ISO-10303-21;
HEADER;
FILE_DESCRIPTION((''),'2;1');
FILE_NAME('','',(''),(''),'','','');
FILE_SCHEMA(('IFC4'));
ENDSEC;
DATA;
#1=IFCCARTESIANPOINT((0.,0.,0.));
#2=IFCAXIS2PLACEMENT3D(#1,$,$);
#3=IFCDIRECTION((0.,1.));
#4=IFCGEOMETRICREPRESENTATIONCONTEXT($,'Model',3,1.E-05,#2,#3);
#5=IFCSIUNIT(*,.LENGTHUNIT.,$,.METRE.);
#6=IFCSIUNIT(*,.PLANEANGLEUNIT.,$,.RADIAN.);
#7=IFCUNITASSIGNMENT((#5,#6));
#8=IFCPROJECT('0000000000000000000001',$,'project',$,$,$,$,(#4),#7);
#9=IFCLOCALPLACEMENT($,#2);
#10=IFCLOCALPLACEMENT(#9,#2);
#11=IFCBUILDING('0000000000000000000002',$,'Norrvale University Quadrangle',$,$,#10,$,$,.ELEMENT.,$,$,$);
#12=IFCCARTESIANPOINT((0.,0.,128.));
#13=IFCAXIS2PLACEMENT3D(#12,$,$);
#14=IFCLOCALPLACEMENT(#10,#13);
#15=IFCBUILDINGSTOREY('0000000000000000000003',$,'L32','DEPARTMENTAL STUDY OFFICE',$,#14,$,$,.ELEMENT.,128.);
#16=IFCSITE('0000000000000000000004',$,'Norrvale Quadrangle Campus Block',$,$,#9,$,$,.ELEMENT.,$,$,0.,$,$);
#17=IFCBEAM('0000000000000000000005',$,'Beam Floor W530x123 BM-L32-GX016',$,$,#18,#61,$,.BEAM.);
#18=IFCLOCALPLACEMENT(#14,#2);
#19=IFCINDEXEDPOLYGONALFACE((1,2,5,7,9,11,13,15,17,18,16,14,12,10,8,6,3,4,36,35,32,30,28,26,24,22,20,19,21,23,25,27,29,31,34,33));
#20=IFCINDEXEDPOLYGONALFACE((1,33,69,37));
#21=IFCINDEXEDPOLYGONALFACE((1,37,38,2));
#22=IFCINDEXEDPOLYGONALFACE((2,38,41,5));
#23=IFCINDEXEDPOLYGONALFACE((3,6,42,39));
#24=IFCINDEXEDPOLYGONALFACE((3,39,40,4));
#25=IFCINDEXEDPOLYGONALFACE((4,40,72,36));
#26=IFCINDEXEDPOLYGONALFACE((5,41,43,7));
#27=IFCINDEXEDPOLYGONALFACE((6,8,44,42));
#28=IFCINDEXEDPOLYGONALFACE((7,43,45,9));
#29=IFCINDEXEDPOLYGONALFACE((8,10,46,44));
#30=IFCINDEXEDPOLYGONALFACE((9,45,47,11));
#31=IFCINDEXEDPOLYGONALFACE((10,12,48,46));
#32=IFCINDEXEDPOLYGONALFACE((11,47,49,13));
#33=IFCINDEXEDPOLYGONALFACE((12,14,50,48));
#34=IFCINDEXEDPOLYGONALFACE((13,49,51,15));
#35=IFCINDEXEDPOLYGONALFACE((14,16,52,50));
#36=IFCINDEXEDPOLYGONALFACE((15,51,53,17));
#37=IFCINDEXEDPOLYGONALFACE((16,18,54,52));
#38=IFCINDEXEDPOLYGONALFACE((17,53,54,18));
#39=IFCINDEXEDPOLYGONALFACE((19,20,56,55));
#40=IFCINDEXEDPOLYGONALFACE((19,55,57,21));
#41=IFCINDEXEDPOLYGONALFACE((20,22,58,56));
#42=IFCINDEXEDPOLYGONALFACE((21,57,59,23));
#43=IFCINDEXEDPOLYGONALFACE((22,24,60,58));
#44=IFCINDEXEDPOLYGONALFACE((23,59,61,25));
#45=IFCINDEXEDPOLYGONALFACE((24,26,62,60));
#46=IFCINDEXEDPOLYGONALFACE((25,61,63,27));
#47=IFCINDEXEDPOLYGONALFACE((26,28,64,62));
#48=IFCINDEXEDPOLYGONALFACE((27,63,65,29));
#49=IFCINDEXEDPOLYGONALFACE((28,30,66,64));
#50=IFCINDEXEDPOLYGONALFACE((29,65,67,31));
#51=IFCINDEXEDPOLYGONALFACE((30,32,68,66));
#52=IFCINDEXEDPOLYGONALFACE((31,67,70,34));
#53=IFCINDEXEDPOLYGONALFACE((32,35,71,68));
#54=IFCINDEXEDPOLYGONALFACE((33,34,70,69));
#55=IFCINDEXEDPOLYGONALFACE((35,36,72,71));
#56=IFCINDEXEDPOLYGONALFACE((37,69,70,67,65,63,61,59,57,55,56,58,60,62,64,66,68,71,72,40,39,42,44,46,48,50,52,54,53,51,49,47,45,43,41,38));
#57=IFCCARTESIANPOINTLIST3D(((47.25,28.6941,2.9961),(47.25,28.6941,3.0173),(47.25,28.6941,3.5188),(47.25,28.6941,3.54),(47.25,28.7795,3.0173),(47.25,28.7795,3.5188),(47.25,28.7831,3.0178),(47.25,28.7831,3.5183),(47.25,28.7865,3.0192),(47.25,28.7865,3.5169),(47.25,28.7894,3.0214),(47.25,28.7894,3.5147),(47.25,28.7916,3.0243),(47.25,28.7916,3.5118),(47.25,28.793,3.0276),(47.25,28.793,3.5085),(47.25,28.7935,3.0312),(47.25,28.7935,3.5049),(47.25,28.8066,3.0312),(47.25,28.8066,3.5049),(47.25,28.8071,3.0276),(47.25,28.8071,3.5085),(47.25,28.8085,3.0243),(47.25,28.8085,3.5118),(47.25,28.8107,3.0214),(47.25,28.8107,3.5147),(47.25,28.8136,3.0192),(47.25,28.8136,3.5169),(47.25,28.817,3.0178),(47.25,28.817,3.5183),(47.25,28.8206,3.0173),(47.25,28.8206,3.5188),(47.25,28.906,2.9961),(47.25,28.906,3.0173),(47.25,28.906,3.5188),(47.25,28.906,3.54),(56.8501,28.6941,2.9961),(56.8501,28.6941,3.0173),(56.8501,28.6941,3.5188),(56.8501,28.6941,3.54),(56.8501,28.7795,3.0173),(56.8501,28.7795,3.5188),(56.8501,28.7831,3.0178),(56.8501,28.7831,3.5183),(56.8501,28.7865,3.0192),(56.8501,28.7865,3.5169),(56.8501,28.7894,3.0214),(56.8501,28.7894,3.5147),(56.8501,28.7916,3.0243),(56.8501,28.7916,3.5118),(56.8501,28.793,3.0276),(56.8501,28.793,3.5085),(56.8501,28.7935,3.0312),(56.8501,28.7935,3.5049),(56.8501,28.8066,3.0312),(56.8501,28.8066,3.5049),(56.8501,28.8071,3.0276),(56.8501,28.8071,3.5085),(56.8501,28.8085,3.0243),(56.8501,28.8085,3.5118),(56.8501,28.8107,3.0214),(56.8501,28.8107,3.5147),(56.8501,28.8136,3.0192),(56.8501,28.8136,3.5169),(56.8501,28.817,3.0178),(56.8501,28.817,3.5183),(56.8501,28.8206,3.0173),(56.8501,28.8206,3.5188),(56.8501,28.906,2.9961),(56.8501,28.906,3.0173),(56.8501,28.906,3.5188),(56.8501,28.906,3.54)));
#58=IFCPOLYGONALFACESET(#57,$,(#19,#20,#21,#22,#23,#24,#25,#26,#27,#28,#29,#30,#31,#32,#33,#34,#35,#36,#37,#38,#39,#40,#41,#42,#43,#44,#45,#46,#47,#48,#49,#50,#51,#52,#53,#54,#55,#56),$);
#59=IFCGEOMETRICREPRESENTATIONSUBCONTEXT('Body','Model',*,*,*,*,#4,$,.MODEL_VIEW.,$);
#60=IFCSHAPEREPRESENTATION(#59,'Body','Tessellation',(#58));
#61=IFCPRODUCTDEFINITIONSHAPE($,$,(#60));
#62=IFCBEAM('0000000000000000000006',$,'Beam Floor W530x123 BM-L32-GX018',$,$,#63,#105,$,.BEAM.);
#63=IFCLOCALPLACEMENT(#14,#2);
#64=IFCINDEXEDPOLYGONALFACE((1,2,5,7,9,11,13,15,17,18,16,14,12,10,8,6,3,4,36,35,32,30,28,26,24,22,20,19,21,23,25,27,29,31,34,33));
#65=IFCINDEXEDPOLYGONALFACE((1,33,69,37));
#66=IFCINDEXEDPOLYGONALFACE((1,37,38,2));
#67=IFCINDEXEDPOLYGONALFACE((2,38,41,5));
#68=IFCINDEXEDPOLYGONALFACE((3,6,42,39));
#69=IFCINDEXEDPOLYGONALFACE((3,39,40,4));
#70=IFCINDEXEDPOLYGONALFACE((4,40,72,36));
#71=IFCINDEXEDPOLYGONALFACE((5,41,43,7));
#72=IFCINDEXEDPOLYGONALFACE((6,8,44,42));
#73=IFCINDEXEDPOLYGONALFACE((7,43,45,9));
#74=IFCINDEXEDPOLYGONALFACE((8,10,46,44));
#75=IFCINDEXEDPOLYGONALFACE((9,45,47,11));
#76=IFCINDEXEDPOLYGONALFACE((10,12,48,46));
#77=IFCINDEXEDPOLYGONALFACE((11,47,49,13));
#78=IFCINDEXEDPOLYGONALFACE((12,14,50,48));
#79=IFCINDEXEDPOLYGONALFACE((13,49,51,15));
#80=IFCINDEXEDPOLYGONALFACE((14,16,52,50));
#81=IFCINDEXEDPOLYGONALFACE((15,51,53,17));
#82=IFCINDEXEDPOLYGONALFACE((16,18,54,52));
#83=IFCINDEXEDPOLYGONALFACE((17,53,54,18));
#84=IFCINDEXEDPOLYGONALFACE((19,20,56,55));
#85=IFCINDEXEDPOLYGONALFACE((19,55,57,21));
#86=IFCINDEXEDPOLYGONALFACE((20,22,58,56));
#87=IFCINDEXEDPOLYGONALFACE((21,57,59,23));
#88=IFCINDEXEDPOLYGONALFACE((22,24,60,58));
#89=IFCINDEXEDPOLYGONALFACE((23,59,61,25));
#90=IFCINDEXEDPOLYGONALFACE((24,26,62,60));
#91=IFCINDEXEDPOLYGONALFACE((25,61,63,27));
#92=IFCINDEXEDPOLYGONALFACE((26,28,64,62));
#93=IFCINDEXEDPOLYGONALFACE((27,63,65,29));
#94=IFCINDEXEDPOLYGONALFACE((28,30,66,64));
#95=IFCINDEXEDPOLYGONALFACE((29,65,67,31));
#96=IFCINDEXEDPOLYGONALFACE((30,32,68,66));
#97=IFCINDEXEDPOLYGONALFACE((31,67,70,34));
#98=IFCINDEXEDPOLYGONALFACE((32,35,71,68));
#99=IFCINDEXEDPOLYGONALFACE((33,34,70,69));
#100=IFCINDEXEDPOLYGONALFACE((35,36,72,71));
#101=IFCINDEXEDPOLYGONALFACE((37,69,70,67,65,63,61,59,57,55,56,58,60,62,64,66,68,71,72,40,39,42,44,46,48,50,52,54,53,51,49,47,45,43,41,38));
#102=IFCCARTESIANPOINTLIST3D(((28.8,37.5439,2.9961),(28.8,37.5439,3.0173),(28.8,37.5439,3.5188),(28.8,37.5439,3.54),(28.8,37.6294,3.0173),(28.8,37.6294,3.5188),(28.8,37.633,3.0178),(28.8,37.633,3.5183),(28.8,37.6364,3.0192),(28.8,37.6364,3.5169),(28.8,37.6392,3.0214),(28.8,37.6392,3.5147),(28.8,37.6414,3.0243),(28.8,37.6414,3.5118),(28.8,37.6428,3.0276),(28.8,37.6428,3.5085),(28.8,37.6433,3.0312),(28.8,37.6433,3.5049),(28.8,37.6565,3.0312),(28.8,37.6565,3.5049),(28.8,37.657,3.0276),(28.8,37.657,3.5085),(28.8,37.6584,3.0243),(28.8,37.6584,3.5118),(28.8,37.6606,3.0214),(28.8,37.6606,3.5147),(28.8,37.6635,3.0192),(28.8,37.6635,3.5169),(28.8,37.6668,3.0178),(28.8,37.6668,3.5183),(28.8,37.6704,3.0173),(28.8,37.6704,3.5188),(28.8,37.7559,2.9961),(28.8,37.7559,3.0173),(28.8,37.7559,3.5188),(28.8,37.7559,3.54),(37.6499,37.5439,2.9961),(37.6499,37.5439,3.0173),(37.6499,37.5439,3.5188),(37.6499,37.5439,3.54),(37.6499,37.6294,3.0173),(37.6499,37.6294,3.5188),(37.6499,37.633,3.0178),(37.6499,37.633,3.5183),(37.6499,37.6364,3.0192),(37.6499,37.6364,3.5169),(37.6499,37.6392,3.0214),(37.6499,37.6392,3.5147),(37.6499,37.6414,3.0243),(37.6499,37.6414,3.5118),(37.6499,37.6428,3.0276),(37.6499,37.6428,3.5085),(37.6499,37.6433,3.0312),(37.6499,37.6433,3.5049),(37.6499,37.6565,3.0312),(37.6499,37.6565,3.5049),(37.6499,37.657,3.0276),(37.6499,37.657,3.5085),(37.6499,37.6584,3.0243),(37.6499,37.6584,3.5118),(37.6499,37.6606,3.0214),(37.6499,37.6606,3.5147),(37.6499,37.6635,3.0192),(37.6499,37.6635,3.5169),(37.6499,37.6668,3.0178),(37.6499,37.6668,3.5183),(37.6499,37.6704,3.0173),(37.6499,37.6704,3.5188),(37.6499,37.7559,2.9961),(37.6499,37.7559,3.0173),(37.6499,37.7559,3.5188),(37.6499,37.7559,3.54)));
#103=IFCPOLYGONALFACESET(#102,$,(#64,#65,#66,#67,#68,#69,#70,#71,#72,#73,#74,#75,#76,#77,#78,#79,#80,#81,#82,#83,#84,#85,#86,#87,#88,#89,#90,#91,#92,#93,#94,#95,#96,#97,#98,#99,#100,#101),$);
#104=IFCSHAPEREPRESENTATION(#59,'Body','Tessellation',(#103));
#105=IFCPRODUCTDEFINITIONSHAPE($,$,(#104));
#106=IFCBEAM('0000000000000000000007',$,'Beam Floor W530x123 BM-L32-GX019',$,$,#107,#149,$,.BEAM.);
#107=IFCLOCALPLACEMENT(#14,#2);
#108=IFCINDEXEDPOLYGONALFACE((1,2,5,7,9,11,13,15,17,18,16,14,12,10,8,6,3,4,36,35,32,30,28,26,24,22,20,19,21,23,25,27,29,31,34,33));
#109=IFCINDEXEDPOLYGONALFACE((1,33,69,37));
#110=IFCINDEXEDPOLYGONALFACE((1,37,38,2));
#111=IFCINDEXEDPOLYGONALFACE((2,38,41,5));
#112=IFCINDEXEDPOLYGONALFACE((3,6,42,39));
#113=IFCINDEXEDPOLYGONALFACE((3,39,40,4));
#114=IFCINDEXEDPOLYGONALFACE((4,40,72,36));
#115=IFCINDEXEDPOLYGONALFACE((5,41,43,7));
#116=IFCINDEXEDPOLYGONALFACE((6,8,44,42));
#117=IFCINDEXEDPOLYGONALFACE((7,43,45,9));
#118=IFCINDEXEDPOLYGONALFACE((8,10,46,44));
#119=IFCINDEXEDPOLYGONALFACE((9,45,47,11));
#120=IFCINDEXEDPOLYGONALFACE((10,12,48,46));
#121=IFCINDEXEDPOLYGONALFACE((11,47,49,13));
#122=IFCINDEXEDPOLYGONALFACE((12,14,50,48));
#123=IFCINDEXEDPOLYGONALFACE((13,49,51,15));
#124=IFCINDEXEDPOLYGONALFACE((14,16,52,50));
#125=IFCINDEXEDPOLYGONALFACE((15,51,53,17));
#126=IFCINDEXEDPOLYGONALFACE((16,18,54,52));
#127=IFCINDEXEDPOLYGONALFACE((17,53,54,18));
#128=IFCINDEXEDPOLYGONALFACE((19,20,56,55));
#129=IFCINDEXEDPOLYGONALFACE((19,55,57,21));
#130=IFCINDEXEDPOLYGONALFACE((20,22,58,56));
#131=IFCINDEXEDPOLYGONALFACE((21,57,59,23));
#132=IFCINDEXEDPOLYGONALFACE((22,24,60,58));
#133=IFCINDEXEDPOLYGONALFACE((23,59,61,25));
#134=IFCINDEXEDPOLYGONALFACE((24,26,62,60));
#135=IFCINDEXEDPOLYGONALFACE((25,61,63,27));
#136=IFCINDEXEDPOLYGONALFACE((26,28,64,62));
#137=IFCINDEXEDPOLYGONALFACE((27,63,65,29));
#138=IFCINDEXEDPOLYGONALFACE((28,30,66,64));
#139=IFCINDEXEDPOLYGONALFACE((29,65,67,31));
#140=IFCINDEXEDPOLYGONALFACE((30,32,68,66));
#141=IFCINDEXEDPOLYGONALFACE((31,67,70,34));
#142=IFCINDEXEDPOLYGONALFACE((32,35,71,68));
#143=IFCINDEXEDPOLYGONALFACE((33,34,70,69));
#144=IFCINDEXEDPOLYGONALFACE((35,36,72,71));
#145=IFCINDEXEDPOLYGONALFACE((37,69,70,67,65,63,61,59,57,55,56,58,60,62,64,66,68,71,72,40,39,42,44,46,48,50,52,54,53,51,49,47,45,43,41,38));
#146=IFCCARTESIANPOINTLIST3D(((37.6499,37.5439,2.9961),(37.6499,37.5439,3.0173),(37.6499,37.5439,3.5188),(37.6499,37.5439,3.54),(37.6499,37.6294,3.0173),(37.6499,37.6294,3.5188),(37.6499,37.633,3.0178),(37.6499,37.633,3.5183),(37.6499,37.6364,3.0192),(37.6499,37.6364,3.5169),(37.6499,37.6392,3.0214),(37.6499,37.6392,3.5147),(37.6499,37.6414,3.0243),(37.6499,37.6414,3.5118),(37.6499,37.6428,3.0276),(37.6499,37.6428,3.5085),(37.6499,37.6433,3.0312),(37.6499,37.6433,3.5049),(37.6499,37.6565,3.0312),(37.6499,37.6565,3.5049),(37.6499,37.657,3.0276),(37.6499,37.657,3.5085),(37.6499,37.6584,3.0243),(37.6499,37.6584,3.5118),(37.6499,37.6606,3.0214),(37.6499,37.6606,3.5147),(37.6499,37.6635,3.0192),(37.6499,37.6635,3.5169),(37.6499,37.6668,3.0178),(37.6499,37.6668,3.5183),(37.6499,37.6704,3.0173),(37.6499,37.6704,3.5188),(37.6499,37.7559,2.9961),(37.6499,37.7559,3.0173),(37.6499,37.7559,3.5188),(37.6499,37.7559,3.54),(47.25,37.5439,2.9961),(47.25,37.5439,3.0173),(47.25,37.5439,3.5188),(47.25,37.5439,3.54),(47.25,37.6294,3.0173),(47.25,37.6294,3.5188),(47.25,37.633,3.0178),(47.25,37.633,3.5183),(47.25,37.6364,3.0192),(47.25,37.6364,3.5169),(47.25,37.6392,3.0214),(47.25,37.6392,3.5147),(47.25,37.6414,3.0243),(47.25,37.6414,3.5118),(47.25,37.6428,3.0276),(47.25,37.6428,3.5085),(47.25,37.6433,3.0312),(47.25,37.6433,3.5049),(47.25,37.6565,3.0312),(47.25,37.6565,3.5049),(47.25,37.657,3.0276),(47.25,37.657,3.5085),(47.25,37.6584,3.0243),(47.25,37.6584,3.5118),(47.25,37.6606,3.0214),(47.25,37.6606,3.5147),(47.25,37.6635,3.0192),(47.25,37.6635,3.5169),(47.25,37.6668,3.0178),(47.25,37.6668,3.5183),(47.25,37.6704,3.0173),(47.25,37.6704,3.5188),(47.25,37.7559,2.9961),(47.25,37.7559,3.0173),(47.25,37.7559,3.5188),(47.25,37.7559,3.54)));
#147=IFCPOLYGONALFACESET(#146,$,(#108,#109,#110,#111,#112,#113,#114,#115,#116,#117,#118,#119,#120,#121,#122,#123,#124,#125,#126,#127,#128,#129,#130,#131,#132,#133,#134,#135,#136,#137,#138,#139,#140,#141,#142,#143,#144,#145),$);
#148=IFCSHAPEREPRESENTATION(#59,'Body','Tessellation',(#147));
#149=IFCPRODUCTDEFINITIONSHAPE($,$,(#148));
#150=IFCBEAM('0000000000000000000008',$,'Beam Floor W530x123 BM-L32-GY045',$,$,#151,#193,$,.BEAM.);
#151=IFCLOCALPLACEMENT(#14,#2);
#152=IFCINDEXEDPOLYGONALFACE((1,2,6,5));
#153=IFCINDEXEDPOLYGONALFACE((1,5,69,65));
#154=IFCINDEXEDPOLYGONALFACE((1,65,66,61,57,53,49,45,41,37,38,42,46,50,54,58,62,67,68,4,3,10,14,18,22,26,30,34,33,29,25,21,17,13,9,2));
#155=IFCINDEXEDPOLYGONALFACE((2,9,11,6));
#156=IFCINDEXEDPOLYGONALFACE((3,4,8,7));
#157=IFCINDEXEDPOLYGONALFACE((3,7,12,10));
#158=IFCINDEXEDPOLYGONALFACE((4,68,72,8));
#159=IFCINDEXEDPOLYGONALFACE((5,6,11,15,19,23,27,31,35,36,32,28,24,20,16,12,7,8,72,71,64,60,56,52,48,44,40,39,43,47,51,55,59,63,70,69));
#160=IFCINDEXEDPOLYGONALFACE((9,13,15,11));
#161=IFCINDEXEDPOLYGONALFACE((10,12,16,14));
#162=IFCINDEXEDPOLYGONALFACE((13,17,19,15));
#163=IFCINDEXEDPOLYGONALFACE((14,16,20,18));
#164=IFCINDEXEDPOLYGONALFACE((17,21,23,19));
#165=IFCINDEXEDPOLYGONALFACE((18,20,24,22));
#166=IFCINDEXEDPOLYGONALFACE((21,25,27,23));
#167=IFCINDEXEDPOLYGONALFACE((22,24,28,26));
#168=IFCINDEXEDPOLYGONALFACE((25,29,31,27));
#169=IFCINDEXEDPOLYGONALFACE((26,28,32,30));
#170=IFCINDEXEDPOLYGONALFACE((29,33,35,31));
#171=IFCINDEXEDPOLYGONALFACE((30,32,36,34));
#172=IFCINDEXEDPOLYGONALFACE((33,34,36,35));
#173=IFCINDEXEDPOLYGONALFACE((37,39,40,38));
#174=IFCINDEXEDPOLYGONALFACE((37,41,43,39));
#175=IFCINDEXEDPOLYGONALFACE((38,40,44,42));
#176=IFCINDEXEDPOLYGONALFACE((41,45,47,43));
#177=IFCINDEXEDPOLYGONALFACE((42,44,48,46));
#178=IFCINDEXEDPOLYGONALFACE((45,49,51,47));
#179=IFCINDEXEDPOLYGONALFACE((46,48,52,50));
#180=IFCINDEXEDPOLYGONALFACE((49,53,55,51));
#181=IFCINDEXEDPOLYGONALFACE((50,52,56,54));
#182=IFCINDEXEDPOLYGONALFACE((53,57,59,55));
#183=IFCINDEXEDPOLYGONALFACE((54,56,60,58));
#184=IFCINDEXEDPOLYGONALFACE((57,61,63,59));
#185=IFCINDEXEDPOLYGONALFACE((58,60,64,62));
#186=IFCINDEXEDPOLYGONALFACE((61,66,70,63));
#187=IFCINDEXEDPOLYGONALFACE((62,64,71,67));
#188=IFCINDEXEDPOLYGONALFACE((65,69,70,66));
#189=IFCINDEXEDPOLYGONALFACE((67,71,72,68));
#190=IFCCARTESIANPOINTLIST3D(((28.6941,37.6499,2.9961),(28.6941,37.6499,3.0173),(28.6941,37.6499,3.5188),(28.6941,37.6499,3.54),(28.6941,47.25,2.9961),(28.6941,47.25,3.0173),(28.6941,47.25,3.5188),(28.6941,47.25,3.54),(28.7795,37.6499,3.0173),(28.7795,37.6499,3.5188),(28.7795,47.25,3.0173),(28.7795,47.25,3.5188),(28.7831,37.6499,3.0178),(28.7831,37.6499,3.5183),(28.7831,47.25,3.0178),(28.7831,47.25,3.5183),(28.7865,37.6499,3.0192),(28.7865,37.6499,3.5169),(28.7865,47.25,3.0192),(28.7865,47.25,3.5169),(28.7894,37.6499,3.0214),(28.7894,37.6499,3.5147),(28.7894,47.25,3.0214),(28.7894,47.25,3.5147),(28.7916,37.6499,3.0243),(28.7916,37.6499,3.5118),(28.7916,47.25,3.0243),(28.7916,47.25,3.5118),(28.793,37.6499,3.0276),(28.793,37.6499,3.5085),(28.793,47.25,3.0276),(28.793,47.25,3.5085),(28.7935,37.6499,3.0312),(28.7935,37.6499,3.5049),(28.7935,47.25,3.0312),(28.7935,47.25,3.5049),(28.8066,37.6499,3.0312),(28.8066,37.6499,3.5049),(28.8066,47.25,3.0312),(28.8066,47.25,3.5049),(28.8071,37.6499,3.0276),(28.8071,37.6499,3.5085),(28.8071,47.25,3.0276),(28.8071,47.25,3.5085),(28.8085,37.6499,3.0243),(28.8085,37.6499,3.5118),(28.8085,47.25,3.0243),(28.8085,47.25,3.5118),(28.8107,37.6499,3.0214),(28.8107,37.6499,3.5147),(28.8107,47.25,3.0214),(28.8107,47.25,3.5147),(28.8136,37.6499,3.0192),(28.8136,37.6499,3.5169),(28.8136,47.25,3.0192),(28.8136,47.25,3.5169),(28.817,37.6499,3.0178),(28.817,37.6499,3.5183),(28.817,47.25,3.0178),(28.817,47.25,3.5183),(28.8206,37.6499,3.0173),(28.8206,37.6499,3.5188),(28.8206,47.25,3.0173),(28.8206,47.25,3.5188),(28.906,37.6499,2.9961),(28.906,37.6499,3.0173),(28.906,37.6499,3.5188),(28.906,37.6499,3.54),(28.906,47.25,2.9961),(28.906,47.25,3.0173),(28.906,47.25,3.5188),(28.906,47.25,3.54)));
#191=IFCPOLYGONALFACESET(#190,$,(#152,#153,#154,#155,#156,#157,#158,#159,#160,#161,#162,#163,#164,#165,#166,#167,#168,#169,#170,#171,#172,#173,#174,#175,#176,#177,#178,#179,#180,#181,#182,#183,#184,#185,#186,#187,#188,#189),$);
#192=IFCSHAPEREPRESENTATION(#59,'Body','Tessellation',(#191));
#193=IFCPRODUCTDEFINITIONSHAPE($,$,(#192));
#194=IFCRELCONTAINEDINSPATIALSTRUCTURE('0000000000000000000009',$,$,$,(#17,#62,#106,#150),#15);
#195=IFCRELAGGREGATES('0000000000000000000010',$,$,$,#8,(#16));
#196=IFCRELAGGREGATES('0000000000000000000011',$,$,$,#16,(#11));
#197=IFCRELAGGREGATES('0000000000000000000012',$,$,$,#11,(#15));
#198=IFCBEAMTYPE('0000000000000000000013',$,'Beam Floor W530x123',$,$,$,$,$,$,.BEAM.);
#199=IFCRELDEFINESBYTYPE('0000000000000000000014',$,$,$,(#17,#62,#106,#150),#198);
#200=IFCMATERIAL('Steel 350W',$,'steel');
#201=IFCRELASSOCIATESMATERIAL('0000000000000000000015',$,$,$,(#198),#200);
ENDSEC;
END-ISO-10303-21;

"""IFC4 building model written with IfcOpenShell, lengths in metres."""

from ifc_helpers import new_model, si_unit, direction, frame, origin, origin_2d, place, context, subcontext, project, spatial, i_section, extrude, material, material_profile, profile_set, type_object, element, save


model = new_model("IFC4")

# Units and contexts
model_context = context("Model", 3, precision=1e-05, world=origin(), true_north=direction((0.0, 1.0)))
body_context = subcontext(model_context, "Body", "Model", "MODEL_VIEW")
ifc_project = project(units=[si_unit("LENGTHUNIT", "METRE"), si_unit("PLANEANGLEUNIT", "RADIAN")], contexts=[model_context])

# Site, building, storey
site_placement = place(None, origin())
site = spatial("IfcSite", under=ifc_project, at=site_placement, Name="Norrvale Quadrangle Campus Block", CompositionType="ELEMENT", RefElevation=0.0)
building_placement = place(site_placement, origin())
building = spatial("IfcBuilding", under=site, at=building_placement, Name="Norrvale University Quadrangle", CompositionType="ELEMENT")
storey_placement = place(building_placement, frame((0.0, 0.0, 128.0)))
storey = spatial("IfcBuildingStorey", under=building, at=storey_placement, Name="L32", Description="DEPARTMENTAL STUDY OFFICE", CompositionType="ELEMENT", Elevation=128.0)

# Beams
ifc_material_1 = material(Name="Steel 350W", Category="steel")
ifc_material_profile_1 = material_profile(ifc_material_1, i_section(OverallWidth=0.2119, OverallDepth=0.5439, WebThickness=0.0132, FlangeThickness=0.0212, FilletRadius=0.0139, at=origin_2d()), Name="Steel 350W")
ifc_profile_set_1 = profile_set([ifc_material_profile_1], Name="Steel 350W")
beam_type_1 = type_object("IfcBeamType", Name="Beam Floor W530x123", PredefinedType="BEAM", material=ifc_profile_set_1)
for number, where, z_axis, x_axis, name in (
    (1, (47.25, 28.8, 3.2681), (1.0, 0.0, 0.0), (0.0, 1.0, 0.0), "Beam Floor W530x123 BM-L32-GX016"),
):
    element("IfcBeam", number, at=place(storey_placement, frame(where, z_axis=z_axis, x_axis=x_axis)), inside=storey, type_object=beam_type_1, Name=name, PredefinedType="BEAM", context=body_context, shape_type="SweptSolid", body=[
        extrude(i_section(OverallWidth=0.2119, OverallDepth=0.5439, WebThickness=0.0132, FlangeThickness=0.0212, FilletRadius=0.0139, at=origin_2d()), origin(), (0.0, 0.0, 1.0), 9.6001),
    ])
beam_placement = place(storey_placement, frame((28.8, 37.6499, 3.2681), z_axis=(1.0, 0.0, 0.0), x_axis=(0.0, 1.0, 0.0)))
element("IfcBeam", 2, at=beam_placement, inside=storey, type_object=beam_type_1, Name="Beam Floor W530x123 BM-L32-GX018", PredefinedType="BEAM", context=body_context, shape_type="SweptSolid", body=[
    extrude(i_section(OverallWidth=0.2119, OverallDepth=0.5439, WebThickness=0.0132, FlangeThickness=0.0212, FilletRadius=0.0139, at=origin_2d()), origin(), (0.0, 0.0, 1.0), 8.8499),
])
for number, where, z_axis, x_axis, name in (
    (3, (37.6499, 37.6499, 3.2681), (1.0, 0.0, 0.0), (0.0, 1.0, 0.0), "Beam Floor W530x123 BM-L32-GX019"),
    (4, (28.8, 37.6499, 3.2681), (0.0, 1.0, 0.0), (-1.0, 0.0, 0.0), "Beam Floor W530x123 BM-L32-GY045"),
):
    element("IfcBeam", number, at=place(storey_placement, frame(where, z_axis=z_axis, x_axis=x_axis)), inside=storey, type_object=beam_type_1, Name=name, PredefinedType="BEAM", context=body_context, shape_type="SweptSolid", body=[
        extrude(i_section(OverallWidth=0.2119, OverallDepth=0.5439, WebThickness=0.0132, FlangeThickness=0.0212, FilletRadius=0.0139, at=origin_2d()), origin(), (0.0, 0.0, 1.0), 9.6001),
    ])

save(model, "model.ifc")
